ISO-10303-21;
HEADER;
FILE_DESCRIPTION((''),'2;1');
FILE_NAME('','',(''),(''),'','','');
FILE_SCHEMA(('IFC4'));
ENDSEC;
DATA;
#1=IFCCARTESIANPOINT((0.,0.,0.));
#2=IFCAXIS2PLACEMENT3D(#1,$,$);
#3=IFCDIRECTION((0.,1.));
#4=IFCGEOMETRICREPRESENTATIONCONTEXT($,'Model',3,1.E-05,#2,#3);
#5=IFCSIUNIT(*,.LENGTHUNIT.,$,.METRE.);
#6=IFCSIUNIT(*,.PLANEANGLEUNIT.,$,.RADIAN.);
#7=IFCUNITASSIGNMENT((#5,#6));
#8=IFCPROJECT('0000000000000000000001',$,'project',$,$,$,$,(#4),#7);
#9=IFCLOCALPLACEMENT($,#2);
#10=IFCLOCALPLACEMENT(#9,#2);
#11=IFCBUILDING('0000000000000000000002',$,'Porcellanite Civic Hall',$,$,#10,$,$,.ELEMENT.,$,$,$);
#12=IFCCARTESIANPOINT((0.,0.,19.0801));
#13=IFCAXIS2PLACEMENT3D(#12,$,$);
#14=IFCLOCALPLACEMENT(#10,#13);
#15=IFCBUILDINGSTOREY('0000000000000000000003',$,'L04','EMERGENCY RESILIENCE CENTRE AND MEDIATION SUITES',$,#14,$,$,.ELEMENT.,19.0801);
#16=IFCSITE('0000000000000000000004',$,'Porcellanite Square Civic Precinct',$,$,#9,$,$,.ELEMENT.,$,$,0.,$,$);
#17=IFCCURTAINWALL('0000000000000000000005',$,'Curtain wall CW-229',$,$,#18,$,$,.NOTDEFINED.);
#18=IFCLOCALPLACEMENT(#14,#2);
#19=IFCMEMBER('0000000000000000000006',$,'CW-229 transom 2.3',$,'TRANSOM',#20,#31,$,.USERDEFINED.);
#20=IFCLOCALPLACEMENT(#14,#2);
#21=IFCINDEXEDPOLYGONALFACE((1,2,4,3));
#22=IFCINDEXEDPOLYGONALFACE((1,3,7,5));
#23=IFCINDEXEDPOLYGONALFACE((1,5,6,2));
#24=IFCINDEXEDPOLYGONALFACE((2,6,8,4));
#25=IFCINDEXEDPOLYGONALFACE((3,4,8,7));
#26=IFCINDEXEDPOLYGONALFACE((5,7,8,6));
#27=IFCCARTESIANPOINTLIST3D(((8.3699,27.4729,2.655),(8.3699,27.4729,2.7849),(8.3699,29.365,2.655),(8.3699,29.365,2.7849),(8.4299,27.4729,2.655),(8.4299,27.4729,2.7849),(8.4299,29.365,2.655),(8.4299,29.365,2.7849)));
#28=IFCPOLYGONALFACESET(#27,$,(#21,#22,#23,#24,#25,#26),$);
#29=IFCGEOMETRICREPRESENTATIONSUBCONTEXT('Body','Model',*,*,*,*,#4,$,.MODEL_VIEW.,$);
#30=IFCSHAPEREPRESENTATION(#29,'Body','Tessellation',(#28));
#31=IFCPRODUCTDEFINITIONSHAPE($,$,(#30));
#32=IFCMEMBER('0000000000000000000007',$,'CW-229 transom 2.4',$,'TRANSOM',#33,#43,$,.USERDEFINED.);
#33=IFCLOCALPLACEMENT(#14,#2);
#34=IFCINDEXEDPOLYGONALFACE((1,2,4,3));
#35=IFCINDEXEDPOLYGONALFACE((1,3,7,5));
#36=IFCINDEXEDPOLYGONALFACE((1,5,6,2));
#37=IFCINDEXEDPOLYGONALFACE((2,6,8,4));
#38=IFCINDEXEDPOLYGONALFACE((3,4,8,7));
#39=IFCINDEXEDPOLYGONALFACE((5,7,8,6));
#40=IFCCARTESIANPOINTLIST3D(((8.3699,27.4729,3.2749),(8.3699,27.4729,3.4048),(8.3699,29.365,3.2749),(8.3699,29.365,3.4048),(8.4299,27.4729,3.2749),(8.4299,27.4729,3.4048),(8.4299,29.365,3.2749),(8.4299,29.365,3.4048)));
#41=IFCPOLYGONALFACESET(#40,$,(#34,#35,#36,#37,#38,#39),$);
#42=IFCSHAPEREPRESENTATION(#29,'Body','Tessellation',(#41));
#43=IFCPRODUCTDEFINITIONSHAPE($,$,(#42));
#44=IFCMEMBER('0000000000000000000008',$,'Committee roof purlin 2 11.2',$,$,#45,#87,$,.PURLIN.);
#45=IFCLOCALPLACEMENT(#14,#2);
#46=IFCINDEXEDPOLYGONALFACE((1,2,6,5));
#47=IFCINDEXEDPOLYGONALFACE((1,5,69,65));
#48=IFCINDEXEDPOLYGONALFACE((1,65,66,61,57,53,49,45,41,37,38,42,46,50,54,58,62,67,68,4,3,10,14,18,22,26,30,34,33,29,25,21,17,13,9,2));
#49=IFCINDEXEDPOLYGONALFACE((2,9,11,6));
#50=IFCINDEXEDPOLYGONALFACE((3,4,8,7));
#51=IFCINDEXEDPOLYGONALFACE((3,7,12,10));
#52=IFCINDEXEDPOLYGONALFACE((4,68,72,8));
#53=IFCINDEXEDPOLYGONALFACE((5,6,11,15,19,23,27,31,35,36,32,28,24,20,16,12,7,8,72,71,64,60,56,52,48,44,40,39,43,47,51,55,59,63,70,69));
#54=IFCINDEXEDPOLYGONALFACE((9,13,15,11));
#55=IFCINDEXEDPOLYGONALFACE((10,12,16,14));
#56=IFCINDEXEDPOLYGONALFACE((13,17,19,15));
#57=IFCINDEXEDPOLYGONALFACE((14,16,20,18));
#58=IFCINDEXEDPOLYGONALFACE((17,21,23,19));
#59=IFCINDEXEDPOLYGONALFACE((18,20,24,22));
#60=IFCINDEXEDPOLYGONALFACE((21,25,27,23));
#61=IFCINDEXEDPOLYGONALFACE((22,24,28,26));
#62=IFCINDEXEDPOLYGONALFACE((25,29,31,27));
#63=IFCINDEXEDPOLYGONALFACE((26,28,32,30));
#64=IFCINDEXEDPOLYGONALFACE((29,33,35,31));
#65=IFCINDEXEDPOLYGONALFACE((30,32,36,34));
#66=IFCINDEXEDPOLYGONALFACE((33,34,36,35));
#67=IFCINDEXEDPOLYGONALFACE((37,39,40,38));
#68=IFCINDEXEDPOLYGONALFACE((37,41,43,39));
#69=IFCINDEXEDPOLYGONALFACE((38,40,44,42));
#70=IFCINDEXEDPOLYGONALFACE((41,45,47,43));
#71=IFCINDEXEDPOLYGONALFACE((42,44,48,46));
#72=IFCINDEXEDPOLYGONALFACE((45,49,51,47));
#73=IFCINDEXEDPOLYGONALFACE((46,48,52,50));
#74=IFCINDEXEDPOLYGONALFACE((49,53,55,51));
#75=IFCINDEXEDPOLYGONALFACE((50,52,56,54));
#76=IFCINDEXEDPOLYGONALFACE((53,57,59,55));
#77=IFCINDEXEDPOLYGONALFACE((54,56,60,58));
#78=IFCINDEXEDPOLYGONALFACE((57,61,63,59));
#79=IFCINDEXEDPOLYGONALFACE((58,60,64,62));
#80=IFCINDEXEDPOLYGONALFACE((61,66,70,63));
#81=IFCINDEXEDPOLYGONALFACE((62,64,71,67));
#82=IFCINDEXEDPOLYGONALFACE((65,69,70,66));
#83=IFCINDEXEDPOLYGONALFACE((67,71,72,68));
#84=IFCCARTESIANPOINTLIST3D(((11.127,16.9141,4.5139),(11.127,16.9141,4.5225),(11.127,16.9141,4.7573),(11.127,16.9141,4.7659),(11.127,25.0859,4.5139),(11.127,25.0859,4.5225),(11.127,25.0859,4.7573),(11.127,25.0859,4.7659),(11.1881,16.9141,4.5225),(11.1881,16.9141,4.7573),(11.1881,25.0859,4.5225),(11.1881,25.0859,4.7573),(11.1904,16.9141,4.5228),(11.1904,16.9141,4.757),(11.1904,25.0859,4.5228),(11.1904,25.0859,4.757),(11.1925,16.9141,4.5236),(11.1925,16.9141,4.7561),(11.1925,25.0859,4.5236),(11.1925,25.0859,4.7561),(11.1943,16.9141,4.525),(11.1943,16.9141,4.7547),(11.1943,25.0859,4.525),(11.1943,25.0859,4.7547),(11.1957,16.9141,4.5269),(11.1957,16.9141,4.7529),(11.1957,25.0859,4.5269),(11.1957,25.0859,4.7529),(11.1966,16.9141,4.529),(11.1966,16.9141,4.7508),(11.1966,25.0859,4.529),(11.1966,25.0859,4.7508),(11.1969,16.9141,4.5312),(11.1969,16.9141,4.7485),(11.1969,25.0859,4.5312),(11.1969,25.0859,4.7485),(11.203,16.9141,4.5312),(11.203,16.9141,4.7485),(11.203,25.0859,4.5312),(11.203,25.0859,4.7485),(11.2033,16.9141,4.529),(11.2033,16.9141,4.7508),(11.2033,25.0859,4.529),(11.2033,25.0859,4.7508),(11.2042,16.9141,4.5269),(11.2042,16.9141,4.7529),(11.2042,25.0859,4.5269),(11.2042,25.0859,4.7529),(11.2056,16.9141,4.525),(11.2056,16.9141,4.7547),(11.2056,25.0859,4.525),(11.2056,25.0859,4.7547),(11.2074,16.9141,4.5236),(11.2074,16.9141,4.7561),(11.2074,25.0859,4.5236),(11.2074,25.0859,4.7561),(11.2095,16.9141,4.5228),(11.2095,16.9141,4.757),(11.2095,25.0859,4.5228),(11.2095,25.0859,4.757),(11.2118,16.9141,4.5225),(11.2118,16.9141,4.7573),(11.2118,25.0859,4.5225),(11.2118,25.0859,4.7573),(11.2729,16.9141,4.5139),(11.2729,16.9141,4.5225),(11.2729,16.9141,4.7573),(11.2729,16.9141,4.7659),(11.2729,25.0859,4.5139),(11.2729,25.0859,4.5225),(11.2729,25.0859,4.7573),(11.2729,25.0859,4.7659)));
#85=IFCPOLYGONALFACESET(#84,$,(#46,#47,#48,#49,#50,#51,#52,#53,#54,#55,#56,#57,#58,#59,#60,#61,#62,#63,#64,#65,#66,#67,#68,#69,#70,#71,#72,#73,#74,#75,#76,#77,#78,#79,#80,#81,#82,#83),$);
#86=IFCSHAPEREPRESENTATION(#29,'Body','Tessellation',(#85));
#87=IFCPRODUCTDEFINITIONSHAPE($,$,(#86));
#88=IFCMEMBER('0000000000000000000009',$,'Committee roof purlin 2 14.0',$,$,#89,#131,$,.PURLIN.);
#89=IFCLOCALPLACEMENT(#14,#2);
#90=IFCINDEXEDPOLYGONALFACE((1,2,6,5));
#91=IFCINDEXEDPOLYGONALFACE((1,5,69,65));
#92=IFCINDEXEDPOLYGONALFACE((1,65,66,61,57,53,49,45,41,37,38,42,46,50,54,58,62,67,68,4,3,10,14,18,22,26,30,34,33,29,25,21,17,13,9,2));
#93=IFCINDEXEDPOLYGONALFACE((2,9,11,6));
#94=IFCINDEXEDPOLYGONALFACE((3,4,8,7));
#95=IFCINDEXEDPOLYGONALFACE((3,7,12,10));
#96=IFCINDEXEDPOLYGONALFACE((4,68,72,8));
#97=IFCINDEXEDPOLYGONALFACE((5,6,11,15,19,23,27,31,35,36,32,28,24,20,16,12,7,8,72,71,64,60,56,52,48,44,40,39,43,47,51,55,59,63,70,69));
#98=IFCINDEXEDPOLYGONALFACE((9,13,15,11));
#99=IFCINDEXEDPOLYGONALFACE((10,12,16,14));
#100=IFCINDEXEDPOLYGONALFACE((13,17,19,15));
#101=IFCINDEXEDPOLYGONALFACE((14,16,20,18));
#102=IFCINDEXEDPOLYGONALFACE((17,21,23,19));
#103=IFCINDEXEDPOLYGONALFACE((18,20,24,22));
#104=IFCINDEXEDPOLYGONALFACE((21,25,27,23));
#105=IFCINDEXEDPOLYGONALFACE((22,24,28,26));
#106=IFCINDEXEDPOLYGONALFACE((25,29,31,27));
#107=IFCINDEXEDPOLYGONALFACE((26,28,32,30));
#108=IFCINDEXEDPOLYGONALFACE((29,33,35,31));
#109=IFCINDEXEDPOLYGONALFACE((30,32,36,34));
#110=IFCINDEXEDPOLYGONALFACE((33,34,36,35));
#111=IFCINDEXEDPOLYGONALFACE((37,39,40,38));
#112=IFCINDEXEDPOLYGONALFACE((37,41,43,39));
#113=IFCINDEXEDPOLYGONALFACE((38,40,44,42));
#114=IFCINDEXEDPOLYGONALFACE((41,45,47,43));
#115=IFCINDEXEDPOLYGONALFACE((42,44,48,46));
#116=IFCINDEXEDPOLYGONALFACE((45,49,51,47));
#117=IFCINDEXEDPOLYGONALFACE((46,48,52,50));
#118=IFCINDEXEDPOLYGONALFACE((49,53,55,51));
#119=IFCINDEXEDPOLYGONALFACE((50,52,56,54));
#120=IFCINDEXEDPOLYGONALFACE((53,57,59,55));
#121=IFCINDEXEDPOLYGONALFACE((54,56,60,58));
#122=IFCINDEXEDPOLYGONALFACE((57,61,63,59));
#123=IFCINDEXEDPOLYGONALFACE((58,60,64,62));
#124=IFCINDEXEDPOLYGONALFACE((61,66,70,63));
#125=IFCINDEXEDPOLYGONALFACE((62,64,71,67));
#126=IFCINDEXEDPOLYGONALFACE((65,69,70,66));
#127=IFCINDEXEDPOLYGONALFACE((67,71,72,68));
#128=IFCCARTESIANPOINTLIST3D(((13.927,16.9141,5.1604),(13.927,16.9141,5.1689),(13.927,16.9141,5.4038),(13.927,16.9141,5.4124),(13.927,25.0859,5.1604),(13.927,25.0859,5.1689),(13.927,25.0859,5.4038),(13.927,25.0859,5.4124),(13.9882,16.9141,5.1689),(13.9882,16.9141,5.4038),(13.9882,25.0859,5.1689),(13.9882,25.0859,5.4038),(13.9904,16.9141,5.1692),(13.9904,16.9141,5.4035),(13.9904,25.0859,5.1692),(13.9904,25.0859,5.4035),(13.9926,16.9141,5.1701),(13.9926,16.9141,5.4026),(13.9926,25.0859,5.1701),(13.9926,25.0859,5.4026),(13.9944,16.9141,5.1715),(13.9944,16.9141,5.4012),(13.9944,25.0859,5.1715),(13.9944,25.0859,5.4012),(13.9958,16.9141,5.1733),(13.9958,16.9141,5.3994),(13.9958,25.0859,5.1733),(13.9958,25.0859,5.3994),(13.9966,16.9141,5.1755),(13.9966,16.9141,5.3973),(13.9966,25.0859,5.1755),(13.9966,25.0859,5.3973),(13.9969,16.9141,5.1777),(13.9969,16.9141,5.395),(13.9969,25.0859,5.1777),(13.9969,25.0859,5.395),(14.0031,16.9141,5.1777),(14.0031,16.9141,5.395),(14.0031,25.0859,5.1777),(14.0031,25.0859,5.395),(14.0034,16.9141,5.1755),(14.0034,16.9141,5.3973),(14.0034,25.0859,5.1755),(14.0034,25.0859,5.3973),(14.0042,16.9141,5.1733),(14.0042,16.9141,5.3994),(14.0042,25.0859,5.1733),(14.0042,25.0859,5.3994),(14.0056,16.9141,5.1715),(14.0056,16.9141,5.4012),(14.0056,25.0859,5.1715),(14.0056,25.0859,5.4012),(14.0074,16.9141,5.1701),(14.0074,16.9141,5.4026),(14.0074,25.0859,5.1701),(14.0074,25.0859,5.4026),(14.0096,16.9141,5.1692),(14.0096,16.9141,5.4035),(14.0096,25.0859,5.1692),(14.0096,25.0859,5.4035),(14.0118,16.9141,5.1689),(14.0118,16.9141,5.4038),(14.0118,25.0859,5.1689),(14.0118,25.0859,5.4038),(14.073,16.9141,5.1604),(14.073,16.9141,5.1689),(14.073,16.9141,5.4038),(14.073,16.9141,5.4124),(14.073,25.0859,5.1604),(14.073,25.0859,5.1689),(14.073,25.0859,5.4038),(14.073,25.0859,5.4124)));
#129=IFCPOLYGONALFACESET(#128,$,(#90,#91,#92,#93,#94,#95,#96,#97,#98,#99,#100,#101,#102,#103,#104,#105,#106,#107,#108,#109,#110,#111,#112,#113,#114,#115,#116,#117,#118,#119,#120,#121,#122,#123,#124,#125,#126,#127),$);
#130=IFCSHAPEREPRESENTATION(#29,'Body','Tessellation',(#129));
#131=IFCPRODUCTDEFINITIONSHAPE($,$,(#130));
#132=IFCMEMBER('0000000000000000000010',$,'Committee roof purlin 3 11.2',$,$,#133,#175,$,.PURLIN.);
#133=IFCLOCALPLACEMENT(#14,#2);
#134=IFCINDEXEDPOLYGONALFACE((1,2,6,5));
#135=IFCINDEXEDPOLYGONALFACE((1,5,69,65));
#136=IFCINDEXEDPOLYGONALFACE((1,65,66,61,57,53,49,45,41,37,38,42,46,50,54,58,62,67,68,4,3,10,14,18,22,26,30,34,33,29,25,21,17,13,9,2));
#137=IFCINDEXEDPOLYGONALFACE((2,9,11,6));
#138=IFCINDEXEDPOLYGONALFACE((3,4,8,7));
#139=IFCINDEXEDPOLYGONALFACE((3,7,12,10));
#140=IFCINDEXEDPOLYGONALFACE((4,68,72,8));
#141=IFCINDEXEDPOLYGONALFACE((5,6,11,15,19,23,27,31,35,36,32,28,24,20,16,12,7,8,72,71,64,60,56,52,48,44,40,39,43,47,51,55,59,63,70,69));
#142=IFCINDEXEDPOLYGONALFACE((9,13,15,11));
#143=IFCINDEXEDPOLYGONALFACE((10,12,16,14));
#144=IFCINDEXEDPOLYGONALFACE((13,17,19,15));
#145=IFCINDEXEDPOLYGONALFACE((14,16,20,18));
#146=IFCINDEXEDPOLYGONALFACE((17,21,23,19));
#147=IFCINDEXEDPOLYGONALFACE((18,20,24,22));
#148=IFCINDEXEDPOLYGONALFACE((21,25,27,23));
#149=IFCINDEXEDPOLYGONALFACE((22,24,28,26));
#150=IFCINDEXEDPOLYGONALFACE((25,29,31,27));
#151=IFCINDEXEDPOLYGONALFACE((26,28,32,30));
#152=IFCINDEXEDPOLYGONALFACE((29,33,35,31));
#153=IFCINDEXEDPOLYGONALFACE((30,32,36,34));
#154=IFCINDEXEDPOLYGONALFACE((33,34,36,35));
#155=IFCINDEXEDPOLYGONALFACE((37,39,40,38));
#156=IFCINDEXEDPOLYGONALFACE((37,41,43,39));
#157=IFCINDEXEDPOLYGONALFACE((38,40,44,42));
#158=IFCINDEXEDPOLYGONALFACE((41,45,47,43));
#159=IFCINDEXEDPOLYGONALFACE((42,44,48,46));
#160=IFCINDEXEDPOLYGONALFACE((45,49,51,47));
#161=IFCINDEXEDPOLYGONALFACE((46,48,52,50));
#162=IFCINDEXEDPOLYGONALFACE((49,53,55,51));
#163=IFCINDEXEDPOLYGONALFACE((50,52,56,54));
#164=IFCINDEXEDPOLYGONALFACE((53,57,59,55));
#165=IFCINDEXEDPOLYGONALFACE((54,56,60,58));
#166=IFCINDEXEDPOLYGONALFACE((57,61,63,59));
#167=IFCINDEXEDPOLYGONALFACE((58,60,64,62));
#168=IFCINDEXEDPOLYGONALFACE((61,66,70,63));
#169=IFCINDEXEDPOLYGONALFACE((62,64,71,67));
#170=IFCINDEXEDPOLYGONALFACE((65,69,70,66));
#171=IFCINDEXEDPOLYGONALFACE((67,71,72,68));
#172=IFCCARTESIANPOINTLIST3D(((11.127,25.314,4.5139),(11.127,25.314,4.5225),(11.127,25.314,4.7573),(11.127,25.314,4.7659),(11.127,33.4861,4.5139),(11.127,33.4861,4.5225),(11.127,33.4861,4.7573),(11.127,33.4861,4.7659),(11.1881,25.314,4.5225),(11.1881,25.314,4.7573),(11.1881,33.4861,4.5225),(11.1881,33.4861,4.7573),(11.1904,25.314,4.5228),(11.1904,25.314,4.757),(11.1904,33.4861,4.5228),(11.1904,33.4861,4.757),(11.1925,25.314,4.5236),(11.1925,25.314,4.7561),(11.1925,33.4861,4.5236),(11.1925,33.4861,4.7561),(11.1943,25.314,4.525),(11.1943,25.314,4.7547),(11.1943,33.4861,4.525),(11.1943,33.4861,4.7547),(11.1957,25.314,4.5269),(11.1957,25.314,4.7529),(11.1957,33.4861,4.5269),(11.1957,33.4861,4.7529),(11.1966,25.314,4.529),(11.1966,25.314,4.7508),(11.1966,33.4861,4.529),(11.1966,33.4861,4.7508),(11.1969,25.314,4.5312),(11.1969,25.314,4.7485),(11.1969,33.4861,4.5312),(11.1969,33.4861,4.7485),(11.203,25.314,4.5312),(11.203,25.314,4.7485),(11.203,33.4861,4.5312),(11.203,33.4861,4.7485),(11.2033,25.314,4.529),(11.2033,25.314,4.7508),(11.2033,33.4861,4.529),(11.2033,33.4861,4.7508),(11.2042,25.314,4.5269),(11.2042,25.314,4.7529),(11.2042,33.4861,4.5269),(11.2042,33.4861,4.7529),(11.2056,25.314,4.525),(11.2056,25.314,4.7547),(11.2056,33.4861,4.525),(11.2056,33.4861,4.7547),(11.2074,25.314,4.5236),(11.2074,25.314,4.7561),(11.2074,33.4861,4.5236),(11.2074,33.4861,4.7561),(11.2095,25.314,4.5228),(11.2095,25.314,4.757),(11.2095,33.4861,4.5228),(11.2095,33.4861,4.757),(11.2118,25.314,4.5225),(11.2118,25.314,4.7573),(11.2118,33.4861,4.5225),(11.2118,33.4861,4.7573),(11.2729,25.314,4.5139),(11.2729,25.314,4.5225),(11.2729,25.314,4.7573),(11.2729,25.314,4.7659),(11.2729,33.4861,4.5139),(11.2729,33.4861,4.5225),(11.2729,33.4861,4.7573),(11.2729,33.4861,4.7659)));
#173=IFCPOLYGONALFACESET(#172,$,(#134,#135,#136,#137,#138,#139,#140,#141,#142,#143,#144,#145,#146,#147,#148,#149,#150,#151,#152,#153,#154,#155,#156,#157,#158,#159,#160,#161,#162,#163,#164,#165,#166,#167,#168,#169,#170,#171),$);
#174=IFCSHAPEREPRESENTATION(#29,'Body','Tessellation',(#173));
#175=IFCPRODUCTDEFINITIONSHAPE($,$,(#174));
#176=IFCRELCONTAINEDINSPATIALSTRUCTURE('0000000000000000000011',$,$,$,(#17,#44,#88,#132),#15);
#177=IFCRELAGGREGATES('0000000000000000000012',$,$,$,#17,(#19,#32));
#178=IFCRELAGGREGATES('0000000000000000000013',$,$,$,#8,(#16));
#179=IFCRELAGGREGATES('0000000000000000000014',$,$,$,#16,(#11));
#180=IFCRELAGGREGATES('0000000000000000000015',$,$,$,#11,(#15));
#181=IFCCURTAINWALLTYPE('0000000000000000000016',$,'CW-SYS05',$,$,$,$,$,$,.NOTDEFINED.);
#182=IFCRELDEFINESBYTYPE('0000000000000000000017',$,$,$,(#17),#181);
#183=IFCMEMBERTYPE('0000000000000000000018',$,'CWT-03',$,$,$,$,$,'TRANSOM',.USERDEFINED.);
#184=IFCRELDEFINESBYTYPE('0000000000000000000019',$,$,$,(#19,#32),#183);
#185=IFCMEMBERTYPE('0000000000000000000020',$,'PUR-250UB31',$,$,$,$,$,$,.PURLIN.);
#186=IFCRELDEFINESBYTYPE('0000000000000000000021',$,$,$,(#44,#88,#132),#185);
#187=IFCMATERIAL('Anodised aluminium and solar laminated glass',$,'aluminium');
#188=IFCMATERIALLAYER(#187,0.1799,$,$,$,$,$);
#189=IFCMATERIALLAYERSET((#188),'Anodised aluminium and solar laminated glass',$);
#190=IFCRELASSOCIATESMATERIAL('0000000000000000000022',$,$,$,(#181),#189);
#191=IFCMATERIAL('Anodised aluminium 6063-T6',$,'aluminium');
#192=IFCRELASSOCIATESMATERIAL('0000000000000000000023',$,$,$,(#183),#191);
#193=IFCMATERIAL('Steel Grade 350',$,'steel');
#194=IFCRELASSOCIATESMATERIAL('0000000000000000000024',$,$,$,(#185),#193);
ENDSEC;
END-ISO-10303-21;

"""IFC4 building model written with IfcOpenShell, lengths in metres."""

from ifc_helpers import new_model, si_unit, direction, frame, origin, origin_2d, place, context, subcontext, project, spatial, rectangle, i_section, extrude, material, layer, layer_set, material_profile, profile_set, type_object, element, aggregate, save


model = new_model("IFC4")

# Units and contexts
model_context = context("Model", 3, precision=1e-05, world=origin(), true_north=direction((0.0, 1.0)))
body_context = subcontext(model_context, "Body", "Model", "MODEL_VIEW")
ifc_project = project(units=[si_unit("LENGTHUNIT", "METRE"), si_unit("PLANEANGLEUNIT", "RADIAN")], contexts=[model_context])

# Site, building, storey
site_placement = place(None, origin())
site = spatial("IfcSite", under=ifc_project, at=site_placement, Name="Porcellanite Square Civic Precinct", CompositionType="ELEMENT", RefElevation=0.0)
building_placement = place(site_placement, origin())
building = spatial("IfcBuilding", under=site, at=building_placement, Name="Porcellanite Civic Hall", CompositionType="ELEMENT")
storey_placement = place(building_placement, frame((0.0, 0.0, 19.0801)))
storey = spatial("IfcBuildingStorey", under=building, at=storey_placement, Name="L04", Description="EMERGENCY RESILIENCE CENTRE AND MEDIATION SUITES", CompositionType="ELEMENT", Elevation=19.0801)

# Curtain wall, members
ifc_material_1 = material(Name="Anodised aluminium and solar laminated glass", Category="aluminium")
ifc_layer_1 = layer(ifc_material_1, 0.1799)
ifc_layer_set_1 = layer_set([ifc_layer_1], Name="Anodised aluminium and solar laminated glass")
curtain_wall_type = type_object("IfcCurtainWallType", Name="CW-SYS05", PredefinedType="NOTDEFINED", material=ifc_layer_set_1)
curtain_wall_placement = place(storey_placement, origin())
curtain_wall = element("IfcCurtainWall", 1, at=curtain_wall_placement, inside=storey, type_object=curtain_wall_type, Name="Curtain wall CW-229", PredefinedType="NOTDEFINED")
ifc_material_2 = material(Name="Anodised aluminium 6063-T6", Category="aluminium")
ifc_material_profile_1 = material_profile(ifc_material_2, rectangle(XDim=0.0601, YDim=0.1299, at=origin_2d()), Name="AL-60x130")
ifc_profile_set_1 = profile_set([ifc_material_profile_1], Name="Anodised aluminium 6063-T6")
member_type_1 = type_object("IfcMemberType", Name="CWT-03", ElementType="TRANSOM", PredefinedType="USERDEFINED", material=ifc_profile_set_1)
member_1_placement = place(storey_placement, frame((8.3999, 27.4729, 2.72), z_axis=(0.0, 1.0, 0.0), x_axis=(-1.0, 0.0, 0.0)))
member_1 = element("IfcMember", 2, at=member_1_placement, type_object=member_type_1, Name="CW-229 transom 2.3", ObjectType="TRANSOM", PredefinedType="USERDEFINED", context=body_context, shape_type="SweptSolid", body=[
    extrude(rectangle(XDim=0.0601, YDim=0.1299, at=origin_2d()), origin(), (0.0, 0.0, 1.0), 1.8921),
])
member_2_placement = place(storey_placement, frame((8.3999, 27.4729, 3.3398), z_axis=(0.0, 1.0, 0.0), x_axis=(-1.0, 0.0, 0.0)))
member_2 = element("IfcMember", 3, at=member_2_placement, type_object=member_type_1, Name="CW-229 transom 2.4", ObjectType="TRANSOM", PredefinedType="USERDEFINED", context=body_context, shape_type="SweptSolid", body=[
    extrude(rectangle(XDim=0.0601, YDim=0.1299, at=origin_2d()), origin(), (0.0, 0.0, 1.0), 1.8921),
])

# Members
ifc_material_3 = material(Name="Steel Grade 350", Category="steel")
ifc_material_profile_2 = material_profile(ifc_material_3, i_section(OverallWidth=0.146, OverallDepth=0.252, WebThickness=0.0061, FlangeThickness=0.0085, FilletRadius=0.0088, at=origin_2d()), Name="250UB31.4")
ifc_profile_set_2 = profile_set([ifc_material_profile_2], Name="Steel Grade 350")
member_type_2 = type_object("IfcMemberType", Name="PUR-250UB31", PredefinedType="PURLIN", material=ifc_profile_set_2)
for number, where, z_axis, x_axis, name in (
    (4, (11.2, 16.9141, 4.6399), (0.0, 1.0, 0.0), (-1.0, 0.0, 0.0), "Committee roof purlin 2 11.2"),
    (5, (14.0, 16.9141, 5.2864), (0.0, 1.0, 0.0), (-1.0, 0.0, 0.0), "Committee roof purlin 2 14.0"),
):
    element("IfcMember", number, at=place(storey_placement, frame(where, z_axis=z_axis, x_axis=x_axis)), inside=storey, type_object=member_type_2, Name=name, PredefinedType="PURLIN", context=body_context, shape_type="SweptSolid", body=[
        extrude(i_section(OverallWidth=0.146, OverallDepth=0.252, WebThickness=0.0061, FlangeThickness=0.0085, FilletRadius=0.0088, at=origin_2d()), origin(), (0.0, 0.0, 1.0), 8.1719),
    ])
for number, where, z_axis, x_axis, name in (
    (6, (11.2, 25.314, 4.6399), (0.0, 1.0, 0.0), (-1.0, 0.0, 0.0), "Committee roof purlin 3 11.2"),
):
    element("IfcMember", number, at=place(storey_placement, frame(where, z_axis=z_axis, x_axis=x_axis)), inside=storey, type_object=member_type_2, Name=name, PredefinedType="PURLIN", context=body_context, shape_type="SweptSolid", body=[
        extrude(i_section(OverallWidth=0.146, OverallDepth=0.252, WebThickness=0.0061, FlangeThickness=0.0085, FilletRadius=0.0088, at=origin_2d()), origin(), (0.0, 0.0, 1.0), 8.1721),
    ])

aggregate(curtain_wall, [member_1, member_2])

save(model, "model.ifc")
